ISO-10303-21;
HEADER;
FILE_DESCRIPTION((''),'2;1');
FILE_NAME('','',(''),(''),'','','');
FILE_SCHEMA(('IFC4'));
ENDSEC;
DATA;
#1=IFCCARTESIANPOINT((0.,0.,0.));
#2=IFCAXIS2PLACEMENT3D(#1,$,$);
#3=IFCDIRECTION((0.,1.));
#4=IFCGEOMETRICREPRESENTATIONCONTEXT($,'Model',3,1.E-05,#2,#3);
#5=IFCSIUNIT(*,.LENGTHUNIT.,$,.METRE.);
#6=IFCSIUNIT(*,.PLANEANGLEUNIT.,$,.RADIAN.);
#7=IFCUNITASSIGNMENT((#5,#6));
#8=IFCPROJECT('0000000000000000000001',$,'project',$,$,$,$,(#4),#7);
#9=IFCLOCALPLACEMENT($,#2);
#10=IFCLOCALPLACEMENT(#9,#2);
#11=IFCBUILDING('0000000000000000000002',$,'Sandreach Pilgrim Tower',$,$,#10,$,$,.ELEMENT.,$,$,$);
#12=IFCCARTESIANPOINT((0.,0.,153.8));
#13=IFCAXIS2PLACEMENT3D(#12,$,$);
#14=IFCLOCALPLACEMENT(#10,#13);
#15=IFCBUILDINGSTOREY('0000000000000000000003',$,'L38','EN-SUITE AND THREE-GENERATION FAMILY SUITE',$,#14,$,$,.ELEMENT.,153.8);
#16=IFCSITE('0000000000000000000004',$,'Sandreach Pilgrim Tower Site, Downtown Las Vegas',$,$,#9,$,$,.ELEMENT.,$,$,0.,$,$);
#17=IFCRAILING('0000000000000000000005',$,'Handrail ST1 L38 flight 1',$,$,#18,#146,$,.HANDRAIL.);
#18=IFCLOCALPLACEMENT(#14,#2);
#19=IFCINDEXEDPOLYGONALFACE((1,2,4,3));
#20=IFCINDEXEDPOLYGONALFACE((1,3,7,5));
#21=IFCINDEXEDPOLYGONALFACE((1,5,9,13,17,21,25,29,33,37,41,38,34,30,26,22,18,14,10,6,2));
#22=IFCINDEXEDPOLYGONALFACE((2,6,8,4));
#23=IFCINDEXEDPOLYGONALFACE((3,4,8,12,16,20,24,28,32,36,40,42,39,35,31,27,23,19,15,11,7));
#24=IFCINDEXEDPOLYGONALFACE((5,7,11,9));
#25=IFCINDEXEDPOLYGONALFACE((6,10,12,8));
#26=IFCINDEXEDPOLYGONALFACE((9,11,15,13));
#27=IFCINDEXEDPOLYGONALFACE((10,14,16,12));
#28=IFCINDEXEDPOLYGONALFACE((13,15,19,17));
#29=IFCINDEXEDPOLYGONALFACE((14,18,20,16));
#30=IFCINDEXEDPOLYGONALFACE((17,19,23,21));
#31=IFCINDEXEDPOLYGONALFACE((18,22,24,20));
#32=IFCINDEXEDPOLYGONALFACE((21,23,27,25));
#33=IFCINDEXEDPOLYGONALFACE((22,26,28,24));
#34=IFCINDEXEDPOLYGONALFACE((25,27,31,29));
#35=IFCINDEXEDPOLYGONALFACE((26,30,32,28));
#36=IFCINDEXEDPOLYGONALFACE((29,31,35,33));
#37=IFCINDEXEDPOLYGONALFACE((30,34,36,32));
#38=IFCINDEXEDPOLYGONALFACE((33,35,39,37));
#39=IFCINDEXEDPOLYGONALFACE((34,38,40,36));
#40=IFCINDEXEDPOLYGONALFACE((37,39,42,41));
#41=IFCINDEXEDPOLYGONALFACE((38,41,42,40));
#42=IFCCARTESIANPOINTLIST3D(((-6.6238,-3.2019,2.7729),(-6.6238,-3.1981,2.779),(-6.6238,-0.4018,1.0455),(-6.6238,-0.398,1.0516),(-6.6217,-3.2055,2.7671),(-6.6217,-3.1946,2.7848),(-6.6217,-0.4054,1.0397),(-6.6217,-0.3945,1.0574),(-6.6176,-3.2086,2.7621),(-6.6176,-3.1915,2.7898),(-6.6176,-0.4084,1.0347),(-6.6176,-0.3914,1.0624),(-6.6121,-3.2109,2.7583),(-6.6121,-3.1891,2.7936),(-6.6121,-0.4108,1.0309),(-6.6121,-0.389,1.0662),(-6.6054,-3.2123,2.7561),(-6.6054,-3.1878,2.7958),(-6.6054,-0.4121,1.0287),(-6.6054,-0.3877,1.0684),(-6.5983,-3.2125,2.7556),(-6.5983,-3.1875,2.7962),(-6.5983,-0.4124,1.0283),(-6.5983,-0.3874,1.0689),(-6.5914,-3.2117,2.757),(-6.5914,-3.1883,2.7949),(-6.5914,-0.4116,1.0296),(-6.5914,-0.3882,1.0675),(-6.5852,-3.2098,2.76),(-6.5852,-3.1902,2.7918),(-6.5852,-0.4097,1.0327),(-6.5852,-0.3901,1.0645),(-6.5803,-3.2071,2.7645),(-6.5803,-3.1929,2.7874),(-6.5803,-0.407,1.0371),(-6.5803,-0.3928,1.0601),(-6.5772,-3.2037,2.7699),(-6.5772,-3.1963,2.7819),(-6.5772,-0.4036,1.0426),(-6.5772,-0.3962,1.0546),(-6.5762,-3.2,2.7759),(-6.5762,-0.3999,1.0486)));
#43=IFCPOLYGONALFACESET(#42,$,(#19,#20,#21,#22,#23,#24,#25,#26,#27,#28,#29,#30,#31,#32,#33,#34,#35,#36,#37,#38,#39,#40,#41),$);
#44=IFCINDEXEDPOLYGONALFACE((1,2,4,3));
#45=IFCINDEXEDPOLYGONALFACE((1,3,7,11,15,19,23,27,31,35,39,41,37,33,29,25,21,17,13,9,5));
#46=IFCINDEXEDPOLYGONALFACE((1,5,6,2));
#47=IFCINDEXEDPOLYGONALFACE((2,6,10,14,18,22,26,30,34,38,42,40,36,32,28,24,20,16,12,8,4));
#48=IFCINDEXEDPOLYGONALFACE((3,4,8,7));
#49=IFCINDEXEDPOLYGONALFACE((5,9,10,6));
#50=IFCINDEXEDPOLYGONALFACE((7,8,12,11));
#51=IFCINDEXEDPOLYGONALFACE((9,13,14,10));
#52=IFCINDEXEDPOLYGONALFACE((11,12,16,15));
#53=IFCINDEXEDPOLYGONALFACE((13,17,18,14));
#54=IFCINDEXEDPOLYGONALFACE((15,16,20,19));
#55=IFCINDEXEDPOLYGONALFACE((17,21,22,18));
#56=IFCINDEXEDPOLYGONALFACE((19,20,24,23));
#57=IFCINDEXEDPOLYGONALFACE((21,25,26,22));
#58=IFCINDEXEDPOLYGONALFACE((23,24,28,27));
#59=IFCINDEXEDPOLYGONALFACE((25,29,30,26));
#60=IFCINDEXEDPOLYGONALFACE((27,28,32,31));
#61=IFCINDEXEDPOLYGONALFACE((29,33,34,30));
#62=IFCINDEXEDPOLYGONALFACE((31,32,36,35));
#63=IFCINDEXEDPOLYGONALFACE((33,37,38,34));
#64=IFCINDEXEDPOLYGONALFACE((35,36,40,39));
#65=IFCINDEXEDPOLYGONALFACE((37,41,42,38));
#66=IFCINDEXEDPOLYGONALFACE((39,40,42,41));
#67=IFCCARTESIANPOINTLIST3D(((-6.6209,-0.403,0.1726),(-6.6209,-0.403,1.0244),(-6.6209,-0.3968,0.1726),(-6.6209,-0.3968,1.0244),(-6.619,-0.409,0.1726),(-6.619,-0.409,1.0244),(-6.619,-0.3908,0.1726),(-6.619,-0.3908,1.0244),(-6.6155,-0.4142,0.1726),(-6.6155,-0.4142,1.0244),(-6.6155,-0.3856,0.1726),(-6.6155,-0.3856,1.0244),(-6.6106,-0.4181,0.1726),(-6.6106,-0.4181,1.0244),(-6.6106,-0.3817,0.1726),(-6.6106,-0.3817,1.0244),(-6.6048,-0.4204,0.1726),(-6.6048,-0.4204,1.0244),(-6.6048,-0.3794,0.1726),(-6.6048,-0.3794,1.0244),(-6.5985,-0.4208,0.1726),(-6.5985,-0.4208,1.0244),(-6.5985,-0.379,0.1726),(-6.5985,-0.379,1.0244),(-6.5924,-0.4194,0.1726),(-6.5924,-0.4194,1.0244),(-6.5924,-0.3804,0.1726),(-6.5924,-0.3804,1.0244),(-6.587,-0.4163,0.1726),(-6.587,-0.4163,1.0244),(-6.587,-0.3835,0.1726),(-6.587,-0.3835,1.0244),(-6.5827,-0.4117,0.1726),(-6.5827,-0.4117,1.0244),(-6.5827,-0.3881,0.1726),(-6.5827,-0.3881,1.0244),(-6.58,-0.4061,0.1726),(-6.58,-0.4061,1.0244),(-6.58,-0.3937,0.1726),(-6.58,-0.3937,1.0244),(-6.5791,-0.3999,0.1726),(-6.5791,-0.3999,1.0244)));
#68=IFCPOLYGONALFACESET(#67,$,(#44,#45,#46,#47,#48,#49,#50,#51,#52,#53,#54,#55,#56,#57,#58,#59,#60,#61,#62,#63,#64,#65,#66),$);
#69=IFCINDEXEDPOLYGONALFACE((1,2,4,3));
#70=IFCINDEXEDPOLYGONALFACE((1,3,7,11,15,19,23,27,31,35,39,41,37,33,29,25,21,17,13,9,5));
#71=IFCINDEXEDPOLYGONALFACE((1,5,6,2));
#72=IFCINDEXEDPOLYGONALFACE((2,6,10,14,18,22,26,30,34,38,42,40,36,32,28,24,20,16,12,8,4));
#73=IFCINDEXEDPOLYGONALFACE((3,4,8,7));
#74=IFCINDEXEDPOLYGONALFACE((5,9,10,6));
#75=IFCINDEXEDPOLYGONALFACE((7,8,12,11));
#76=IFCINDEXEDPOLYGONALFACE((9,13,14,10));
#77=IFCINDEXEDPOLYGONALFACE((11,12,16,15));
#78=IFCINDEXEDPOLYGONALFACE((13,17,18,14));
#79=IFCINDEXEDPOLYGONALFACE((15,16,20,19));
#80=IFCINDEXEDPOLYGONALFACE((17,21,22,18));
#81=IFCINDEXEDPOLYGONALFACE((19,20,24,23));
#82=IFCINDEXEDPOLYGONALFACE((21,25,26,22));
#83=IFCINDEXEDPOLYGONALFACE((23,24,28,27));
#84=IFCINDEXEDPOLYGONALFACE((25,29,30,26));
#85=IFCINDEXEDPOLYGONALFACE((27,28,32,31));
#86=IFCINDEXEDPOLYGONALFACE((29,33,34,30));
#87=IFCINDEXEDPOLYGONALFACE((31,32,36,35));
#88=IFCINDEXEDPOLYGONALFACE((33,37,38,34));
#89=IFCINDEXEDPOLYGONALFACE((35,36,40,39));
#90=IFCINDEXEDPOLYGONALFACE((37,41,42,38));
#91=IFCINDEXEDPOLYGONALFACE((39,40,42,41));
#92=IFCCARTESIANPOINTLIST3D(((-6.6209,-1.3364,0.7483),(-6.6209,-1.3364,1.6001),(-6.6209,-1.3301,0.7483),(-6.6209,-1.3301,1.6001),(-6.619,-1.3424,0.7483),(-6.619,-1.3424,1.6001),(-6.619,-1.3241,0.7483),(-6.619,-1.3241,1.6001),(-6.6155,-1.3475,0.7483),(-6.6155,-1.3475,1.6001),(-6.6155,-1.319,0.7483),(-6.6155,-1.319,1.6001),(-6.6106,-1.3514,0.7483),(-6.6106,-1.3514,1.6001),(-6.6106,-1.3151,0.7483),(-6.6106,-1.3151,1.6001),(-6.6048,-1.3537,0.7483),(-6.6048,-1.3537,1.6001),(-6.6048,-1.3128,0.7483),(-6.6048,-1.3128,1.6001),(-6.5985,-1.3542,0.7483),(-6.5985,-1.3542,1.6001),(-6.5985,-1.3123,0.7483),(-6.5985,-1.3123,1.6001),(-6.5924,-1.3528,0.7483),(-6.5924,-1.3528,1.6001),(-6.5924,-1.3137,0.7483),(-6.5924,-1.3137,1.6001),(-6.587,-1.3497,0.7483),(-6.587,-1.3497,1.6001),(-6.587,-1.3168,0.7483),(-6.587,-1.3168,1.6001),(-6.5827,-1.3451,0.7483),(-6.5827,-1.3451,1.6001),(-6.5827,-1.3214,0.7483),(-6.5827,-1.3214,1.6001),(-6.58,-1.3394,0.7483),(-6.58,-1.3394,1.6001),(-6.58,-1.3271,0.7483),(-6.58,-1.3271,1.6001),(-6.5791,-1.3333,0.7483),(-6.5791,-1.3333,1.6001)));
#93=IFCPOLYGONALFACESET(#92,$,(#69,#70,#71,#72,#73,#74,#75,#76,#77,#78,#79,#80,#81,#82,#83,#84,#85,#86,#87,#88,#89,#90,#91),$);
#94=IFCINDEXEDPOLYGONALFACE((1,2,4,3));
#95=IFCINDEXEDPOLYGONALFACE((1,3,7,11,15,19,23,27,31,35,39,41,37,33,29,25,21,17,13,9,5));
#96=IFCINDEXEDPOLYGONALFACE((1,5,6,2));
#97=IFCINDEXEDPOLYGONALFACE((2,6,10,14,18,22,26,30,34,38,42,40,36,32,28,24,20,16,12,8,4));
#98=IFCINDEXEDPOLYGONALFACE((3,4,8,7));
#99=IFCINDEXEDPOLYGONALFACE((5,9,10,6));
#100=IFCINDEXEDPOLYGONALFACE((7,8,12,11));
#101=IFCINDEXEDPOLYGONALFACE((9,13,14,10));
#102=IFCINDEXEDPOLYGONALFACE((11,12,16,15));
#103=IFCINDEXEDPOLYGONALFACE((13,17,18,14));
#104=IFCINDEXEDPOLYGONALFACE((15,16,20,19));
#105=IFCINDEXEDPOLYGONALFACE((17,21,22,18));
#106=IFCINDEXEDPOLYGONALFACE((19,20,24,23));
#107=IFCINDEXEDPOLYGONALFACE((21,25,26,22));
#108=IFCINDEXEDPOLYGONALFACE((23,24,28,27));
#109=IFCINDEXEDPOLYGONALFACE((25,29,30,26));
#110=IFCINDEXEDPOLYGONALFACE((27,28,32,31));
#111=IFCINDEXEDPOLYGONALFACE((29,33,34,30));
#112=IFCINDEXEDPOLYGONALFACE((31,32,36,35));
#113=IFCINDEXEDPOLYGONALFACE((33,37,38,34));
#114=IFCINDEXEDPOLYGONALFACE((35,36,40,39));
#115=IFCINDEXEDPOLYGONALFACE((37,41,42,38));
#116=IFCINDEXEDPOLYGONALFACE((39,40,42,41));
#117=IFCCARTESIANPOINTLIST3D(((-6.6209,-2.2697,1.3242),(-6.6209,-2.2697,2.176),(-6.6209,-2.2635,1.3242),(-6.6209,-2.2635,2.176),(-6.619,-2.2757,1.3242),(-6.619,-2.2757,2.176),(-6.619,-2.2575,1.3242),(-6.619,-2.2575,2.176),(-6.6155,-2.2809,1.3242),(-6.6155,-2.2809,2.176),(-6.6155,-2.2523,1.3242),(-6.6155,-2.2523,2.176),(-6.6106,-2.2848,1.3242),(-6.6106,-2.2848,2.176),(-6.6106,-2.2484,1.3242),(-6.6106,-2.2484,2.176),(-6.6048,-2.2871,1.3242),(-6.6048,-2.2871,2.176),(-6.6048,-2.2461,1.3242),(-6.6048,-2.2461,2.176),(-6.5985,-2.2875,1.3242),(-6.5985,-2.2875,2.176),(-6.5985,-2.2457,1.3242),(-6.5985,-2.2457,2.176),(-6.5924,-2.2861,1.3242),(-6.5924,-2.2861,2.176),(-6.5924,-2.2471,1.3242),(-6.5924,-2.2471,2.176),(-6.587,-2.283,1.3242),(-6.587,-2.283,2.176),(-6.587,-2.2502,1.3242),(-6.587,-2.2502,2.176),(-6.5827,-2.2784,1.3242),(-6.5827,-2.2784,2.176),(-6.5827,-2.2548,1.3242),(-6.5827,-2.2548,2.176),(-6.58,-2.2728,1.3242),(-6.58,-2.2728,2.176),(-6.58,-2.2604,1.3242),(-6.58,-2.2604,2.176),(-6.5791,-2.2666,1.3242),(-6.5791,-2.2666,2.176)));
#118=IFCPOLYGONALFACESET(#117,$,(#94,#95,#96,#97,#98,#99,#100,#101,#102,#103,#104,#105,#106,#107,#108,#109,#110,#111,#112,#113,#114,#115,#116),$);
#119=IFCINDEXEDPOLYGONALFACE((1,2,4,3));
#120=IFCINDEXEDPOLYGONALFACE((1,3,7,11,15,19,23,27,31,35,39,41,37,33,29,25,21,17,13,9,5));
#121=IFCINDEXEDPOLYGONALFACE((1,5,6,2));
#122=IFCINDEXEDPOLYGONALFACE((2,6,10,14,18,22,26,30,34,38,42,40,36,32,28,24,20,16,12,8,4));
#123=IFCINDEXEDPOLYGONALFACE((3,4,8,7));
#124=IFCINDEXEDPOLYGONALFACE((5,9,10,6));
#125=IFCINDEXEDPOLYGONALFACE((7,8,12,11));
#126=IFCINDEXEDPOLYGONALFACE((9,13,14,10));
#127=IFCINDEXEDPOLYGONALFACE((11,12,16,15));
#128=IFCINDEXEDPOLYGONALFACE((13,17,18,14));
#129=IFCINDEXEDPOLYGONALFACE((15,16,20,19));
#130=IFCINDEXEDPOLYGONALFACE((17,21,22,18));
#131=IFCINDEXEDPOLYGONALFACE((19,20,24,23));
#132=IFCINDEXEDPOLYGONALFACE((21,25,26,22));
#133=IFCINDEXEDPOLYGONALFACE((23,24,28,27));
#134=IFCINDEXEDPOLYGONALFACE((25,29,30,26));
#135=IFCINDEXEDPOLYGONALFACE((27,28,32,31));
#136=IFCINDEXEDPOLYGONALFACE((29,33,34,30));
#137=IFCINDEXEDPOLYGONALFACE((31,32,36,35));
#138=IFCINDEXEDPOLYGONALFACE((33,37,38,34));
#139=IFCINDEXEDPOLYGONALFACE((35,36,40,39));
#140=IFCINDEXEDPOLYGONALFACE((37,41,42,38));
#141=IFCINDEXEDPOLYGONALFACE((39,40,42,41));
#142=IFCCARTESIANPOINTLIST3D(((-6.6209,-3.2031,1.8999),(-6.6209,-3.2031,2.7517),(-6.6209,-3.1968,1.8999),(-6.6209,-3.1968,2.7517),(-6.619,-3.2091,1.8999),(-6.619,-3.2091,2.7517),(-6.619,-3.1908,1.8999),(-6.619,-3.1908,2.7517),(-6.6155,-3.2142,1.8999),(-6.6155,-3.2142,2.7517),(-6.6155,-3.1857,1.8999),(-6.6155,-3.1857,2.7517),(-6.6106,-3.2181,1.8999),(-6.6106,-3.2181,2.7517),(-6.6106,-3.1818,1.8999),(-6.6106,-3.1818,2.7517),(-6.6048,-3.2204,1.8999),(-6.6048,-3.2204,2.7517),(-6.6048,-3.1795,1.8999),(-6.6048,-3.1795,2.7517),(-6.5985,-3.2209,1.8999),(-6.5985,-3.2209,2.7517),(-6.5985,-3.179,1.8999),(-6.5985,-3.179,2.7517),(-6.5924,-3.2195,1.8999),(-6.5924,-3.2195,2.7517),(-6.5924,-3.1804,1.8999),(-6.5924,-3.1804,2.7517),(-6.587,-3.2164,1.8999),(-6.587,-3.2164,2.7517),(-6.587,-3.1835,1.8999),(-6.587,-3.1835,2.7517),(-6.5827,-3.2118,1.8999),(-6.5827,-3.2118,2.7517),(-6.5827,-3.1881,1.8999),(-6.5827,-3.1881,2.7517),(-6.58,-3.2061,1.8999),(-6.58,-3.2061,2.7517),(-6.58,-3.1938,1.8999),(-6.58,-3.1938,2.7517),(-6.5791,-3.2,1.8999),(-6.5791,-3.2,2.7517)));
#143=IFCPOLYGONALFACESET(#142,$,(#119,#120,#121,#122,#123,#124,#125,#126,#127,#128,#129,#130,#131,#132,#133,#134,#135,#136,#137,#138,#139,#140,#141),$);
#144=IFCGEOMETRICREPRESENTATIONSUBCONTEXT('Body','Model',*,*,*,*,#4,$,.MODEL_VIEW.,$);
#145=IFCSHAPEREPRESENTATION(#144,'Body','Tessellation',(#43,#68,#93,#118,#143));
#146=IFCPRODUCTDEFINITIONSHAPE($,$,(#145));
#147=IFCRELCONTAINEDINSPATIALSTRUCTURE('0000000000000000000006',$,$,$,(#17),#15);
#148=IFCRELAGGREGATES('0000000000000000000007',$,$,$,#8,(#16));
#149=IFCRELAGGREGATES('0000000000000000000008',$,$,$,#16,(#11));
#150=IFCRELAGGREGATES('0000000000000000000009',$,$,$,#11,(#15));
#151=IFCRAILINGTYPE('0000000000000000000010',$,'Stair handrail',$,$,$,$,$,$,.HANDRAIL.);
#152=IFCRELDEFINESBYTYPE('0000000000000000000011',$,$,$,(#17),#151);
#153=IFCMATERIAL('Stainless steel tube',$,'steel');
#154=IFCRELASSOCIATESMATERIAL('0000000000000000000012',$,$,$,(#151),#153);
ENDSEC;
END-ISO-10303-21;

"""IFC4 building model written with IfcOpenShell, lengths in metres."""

from ifc_helpers import new_model, si_unit, direction, frame, origin, origin_2d, place, context, subcontext, project, spatial, circle, extrude, material, type_object, element, save


model = new_model("IFC4")

# Units and contexts
model_context = context("Model", 3, precision=1e-05, world=origin(), true_north=direction((0.0, 1.0)))
body_context = subcontext(model_context, "Body", "Model", "MODEL_VIEW")
ifc_project = project(units=[si_unit("LENGTHUNIT", "METRE"), si_unit("PLANEANGLEUNIT", "RADIAN")], contexts=[model_context])

# Site, building, storey
site_placement = place(None, origin())
site = spatial("IfcSite", under=ifc_project, at=site_placement, Name="Sandreach Pilgrim Tower Site, Downtown Las Vegas", CompositionType="ELEMENT", RefElevation=0.0)
building_placement = place(site_placement, origin())
building = spatial("IfcBuilding", under=site, at=building_placement, Name="Sandreach Pilgrim Tower", CompositionType="ELEMENT")
storey_placement = place(building_placement, frame((0.0, 0.0, 153.8)))
storey = spatial("IfcBuildingStorey", under=building, at=storey_placement, Name="L38", Description="EN-SUITE AND THREE-GENERATION FAMILY SUITE", CompositionType="ELEMENT", Elevation=153.8)

# Railing
ifc_material_1 = material(Name="Stainless steel tube", Category="steel")
railing_type = type_object("IfcRailingType", Name="Stair handrail", PredefinedType="HANDRAIL", material=ifc_material_1)
for number, where, name in (
    (1, (-6.6001, -0.3999, 0.1726), "Handrail ST1 L38 flight 1"),
):
    element("IfcRailing", number, at=place(storey_placement, frame(where)), inside=storey, type_object=railing_type, Name=name, PredefinedType="HANDRAIL", context=body_context, shape_type="SweptSolid", body=[
        extrude(circle(Radius=0.0239, at=origin_2d()), frame((0.0, 0.0, 0.876), z_axis=(0.0, -0.85109, 0.52502), x_axis=(1.0, 0.0, 0.0)), (0.0, 0.0, 1.0), 3.29),
        extrude(circle(Radius=0.021, at=origin_2d()), origin(), (0.0, 0.0, 1.0), 0.8518),
        extrude(circle(Radius=0.021, at=origin_2d()), frame((0.0, -0.9333, 0.5757)), (0.0, 0.0, 1.0), 0.8518),
        extrude(circle(Radius=0.021, at=origin_2d()), frame((0.0, -1.8667, 1.1516)), (0.0, 0.0, 1.0), 0.8518),
        extrude(circle(Radius=0.021, at=origin_2d()), frame((0.0, -2.8, 1.7273)), (0.0, 0.0, 1.0), 0.8518),
    ])

save(model, "model.ifc")
